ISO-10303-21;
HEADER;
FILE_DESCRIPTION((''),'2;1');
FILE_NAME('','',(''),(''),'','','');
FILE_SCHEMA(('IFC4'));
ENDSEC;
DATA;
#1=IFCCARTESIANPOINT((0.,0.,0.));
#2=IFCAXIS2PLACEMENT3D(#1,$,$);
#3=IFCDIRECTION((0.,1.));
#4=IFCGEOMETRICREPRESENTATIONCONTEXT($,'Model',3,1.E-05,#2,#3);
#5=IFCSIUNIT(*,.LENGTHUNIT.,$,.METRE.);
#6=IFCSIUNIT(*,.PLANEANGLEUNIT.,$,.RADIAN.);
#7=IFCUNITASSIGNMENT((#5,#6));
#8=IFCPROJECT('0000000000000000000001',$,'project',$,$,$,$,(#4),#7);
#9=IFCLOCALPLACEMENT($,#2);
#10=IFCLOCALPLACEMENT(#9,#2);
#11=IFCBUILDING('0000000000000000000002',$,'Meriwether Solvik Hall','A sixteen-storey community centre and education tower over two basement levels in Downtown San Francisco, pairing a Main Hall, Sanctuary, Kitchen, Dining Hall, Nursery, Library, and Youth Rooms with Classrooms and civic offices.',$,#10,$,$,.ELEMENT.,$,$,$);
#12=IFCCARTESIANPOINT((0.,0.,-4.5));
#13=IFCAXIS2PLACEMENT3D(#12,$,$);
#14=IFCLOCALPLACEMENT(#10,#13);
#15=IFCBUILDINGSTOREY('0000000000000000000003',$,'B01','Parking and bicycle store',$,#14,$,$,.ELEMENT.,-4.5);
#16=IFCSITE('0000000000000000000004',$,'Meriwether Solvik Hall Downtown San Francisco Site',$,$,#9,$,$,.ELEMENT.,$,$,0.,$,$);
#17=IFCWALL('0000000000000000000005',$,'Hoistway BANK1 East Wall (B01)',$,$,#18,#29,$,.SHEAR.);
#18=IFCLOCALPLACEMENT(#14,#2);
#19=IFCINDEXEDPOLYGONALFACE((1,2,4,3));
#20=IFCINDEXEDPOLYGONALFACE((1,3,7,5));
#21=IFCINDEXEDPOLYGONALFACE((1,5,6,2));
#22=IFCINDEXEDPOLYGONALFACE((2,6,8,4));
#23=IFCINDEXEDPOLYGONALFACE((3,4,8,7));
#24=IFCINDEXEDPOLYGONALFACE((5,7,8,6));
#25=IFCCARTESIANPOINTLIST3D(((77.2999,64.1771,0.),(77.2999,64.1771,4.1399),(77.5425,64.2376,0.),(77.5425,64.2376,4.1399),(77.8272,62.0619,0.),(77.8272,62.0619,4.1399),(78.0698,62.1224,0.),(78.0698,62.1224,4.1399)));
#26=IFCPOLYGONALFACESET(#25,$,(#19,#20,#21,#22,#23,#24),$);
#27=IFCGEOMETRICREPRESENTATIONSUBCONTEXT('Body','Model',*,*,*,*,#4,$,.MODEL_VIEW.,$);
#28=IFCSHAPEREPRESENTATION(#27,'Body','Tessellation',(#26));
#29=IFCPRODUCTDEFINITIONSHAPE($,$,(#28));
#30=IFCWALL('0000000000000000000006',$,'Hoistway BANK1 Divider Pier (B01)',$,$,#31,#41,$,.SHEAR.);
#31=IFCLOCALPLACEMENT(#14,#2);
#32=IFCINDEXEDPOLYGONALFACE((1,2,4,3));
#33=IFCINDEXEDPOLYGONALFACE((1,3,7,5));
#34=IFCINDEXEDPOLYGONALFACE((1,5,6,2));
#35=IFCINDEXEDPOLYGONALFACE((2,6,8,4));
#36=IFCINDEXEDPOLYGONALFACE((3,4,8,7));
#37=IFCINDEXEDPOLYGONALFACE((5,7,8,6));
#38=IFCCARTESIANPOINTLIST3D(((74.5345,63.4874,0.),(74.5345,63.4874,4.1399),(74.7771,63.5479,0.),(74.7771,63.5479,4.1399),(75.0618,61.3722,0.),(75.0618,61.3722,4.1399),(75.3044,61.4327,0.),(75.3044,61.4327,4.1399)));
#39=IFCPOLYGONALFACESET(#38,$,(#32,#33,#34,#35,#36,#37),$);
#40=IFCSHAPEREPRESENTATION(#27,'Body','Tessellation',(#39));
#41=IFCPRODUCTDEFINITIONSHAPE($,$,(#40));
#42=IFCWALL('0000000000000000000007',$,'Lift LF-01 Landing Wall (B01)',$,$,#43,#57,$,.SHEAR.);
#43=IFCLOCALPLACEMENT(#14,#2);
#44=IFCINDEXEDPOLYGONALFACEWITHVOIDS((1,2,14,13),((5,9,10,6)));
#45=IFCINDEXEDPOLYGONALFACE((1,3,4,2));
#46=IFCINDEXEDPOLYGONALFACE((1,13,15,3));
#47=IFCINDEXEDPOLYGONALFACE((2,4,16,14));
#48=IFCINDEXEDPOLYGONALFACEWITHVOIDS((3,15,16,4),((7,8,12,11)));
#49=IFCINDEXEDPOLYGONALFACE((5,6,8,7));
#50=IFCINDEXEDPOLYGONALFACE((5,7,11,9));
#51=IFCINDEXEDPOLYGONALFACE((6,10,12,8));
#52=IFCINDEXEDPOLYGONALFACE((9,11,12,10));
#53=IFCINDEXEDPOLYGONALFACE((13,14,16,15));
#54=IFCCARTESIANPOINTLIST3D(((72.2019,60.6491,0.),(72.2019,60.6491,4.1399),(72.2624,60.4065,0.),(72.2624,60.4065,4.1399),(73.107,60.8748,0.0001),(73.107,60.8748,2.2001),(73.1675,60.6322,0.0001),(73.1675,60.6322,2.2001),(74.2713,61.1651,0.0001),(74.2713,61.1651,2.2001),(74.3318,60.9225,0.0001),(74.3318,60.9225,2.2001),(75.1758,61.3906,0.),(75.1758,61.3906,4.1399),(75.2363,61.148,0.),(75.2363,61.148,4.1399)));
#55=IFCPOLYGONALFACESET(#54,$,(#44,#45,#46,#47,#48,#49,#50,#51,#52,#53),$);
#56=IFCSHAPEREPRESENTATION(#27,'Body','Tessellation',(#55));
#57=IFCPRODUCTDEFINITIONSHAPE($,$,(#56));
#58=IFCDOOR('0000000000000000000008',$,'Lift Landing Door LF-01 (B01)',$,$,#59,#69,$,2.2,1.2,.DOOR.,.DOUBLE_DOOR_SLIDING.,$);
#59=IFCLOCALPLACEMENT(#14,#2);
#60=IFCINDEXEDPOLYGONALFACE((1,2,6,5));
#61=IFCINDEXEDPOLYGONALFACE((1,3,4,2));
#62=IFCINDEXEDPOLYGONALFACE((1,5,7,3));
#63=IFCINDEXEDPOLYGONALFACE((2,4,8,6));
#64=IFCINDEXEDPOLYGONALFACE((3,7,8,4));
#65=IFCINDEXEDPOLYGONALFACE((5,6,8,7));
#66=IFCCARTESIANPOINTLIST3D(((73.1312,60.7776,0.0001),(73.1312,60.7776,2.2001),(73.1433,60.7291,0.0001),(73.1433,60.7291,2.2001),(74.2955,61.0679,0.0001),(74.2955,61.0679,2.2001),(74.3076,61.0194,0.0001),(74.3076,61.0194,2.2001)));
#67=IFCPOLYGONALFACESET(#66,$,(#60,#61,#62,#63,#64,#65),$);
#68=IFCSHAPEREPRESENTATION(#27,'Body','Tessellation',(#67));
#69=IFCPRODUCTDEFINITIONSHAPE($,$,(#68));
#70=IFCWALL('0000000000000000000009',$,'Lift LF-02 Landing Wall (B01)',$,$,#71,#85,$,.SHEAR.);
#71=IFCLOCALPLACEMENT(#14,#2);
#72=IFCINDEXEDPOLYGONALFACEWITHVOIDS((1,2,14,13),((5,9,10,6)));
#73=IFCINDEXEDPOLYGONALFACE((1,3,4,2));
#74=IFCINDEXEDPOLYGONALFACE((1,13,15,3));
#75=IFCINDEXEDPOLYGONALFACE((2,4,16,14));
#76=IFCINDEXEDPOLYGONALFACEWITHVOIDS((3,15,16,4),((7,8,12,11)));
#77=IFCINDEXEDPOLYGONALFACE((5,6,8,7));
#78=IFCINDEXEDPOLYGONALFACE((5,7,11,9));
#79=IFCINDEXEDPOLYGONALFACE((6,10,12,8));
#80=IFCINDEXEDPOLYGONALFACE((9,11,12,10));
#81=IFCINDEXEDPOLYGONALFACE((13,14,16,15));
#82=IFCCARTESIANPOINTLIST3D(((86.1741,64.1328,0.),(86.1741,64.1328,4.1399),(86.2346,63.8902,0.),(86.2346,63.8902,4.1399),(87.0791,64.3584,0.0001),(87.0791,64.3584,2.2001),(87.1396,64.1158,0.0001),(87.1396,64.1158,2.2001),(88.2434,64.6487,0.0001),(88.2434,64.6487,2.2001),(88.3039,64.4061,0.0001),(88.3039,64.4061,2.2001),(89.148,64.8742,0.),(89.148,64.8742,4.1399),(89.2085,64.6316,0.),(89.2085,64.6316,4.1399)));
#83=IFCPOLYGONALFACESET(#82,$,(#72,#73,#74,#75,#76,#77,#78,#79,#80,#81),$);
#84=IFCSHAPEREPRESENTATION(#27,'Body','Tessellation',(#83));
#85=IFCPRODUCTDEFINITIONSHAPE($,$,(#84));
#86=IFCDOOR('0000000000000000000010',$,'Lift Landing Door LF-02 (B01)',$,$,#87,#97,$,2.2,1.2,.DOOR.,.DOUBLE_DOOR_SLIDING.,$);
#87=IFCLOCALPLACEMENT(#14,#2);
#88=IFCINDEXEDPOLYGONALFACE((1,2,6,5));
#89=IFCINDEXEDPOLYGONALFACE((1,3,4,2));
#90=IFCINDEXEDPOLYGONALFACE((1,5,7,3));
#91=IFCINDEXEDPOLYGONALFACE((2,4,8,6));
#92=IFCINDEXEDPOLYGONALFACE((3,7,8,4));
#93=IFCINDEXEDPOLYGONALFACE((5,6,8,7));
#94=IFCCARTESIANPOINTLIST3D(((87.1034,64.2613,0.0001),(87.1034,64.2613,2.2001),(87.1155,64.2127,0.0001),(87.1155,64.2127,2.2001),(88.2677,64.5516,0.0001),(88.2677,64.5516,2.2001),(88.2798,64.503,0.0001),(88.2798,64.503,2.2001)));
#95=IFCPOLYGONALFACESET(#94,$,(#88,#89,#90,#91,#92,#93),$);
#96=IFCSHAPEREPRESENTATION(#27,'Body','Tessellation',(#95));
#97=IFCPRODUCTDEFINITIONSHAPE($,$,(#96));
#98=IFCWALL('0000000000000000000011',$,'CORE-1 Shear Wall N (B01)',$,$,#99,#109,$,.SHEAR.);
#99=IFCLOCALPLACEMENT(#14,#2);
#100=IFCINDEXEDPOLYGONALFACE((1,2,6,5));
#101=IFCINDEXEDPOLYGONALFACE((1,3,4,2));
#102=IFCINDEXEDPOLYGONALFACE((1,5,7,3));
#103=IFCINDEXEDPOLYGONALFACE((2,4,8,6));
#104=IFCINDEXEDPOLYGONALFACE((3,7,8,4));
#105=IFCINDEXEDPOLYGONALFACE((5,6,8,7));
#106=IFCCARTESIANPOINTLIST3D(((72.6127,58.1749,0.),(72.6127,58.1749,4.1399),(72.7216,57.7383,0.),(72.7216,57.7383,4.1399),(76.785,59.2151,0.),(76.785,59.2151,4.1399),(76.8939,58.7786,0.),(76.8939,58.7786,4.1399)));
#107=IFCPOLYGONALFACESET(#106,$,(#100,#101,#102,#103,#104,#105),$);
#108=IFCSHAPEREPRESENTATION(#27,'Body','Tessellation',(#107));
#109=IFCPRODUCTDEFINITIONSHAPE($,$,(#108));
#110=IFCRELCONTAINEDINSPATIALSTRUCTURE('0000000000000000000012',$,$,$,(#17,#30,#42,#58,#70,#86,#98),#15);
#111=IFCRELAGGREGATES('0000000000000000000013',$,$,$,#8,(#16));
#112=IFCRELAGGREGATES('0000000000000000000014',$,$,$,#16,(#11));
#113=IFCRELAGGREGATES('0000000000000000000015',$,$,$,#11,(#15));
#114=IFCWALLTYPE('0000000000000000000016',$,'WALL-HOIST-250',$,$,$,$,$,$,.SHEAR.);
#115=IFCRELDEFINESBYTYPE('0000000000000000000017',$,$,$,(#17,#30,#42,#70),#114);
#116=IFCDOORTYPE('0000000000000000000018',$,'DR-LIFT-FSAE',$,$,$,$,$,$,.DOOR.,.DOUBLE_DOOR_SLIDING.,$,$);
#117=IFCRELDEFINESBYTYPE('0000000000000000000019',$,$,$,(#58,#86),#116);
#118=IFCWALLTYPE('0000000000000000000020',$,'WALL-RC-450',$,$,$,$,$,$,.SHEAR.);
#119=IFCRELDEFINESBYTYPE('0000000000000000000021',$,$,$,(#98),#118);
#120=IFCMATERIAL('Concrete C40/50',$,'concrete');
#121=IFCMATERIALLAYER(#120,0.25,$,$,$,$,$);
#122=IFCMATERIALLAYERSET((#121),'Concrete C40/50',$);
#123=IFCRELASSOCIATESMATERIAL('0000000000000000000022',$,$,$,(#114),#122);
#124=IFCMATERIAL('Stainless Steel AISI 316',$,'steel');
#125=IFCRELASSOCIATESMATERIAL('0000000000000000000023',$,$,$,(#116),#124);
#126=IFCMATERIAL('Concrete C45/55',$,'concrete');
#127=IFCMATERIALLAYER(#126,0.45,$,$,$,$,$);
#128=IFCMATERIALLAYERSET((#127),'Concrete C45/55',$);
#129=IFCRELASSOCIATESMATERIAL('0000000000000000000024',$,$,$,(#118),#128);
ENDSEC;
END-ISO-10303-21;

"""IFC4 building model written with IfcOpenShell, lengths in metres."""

from ifc_helpers import new_model, si_unit, direction, frame, frame_2d, origin, place, context, subcontext, project, spatial, rectangle, extrude, material, layer, layer_set, type_object, element, fill, save


model = new_model("IFC4")

# Units and contexts
model_context = context("Model", 3, precision=1e-05, world=origin(), true_north=direction((0.0, 1.0)))
body_context = subcontext(model_context, "Body", "Model", "MODEL_VIEW")
ifc_project = project(units=[si_unit("LENGTHUNIT", "METRE"), si_unit("PLANEANGLEUNIT", "RADIAN")], contexts=[model_context])

# Site, building, storey
site_placement = place(None, origin())
site = spatial("IfcSite", under=ifc_project, at=site_placement, Name="Meriwether Solvik Hall Downtown San Francisco Site", CompositionType="ELEMENT", RefElevation=0.0)
building_placement = place(site_placement, origin())
building = spatial("IfcBuilding", under=site, at=building_placement, Name="Meriwether Solvik Hall", Description="A sixteen-storey community centre and education tower over two basement levels in Downtown San Francisco, pairing a Main Hall, Sanctuary, Kitchen, Dining Hall, Nursery, Library, and Youth Rooms with Classrooms and civic offices.", CompositionType="ELEMENT")
storey_placement = place(building_placement, frame((0.0, 0.0, -4.5)))
storey = spatial("IfcBuildingStorey", under=building, at=storey_placement, Name="B01", Description="Parking and bicycle store", CompositionType="ELEMENT", Elevation=-4.5)

# Walls
ifc_material_1 = material(Name="Concrete C40/50", Category="concrete")
ifc_layer_1 = layer(ifc_material_1, 0.25)
ifc_layer_set_1 = layer_set([ifc_layer_1], Name="Concrete C40/50")
wall_type_1 = type_object("IfcWallType", Name="WALL-HOIST-250", PredefinedType="SHEAR", material=ifc_layer_set_1)
for number, where, z_axis, x_axis, name in (
    (1, (77.9485, 62.0923, 0.0), (0.0, 0.0, 1.0), (-0.241903, 0.9703, 0.0), "Hoistway BANK1 East Wall (B01)"),
    (2, (75.1831, 61.4026, 0.0), (0.0, 0.0, 1.0), (-0.241903, 0.9703, 0.0), "Hoistway BANK1 Divider Pier (B01)"),
):
    element("IfcWall", number, at=place(storey_placement, frame(where, z_axis=z_axis, x_axis=x_axis)), inside=storey, type_object=wall_type_1, Name=name, PredefinedType="SHEAR", context=body_context, shape_type="SweptSolid", body=[
        extrude(rectangle(XDim=2.1799, YDim=0.25, at=frame_2d((1.0898, 0.0))), origin(), (0.0, 0.0, 1.0), 4.1399),
    ])

# Walls, openings, doors
wall_1_placement = place(storey_placement, frame((72.2322, 60.5278, 0.0), z_axis=(0.0, 0.0, 1.0), x_axis=(0.970297, 0.241917, 0.0)))
wall_1 = element("IfcWall", 3, at=wall_1_placement, inside=storey, type_object=wall_type_1, Name="Lift LF-01 Landing Wall (B01)", PredefinedType="SHEAR", context=body_context, shape_type="SweptSolid", body=[
    extrude(rectangle(XDim=3.0649, YDim=0.25, at=frame_2d((1.5325, 0.0))), origin(), (0.0, 0.0, 1.0), 4.1399),
])
opening_1_placement = place(wall_1_placement, frame((0.9326, 0.0, 0.0)))
opening_1 = element("IfcOpeningElement", 4, at=opening_1_placement, cuts=wall_1, PredefinedType="OPENING", context=body_context, shape_type="SweptSolid", body=[
    extrude(rectangle(XDim=1.2, YDim=2.2, at=frame_2d((0.6001, 1.1001))), frame((0.0, 0.137, 0.0), z_axis=(0.0, -1.0, 0.0), x_axis=(1.0, 0.0, 0.0)), (0.0, 0.0, 1.0), 0.2739),
])
ifc_material_2 = material(Name="Stainless Steel AISI 316", Category="steel")
door_type_1 = type_object("IfcDoorType", Name="DR-LIFT-FSAE", OperationType="DOUBLE_DOOR_SLIDING", PredefinedType="DOOR", material=ifc_material_2)
door_1_placement = place(opening_1_placement, origin())
door_1 = element("IfcDoor", 5, at=door_1_placement, inside=storey, type_object=door_type_1, Name="Lift Landing Door LF-01 (B01)", OperationType="DOUBLE_DOOR_SLIDING", OverallHeight=2.2, OverallWidth=1.2, PredefinedType="DOOR", context=body_context, shape_type="SweptSolid", body=[
    extrude(rectangle(XDim=1.2, YDim=2.2, at=frame_2d((0.6001, 1.1001))), frame((0.0, 0.0249, 0.0), z_axis=(0.0, -1.0, 0.0), x_axis=(1.0, 0.0, 0.0)), (0.0, 0.0, 1.0), 0.05),
])
fill(opening_1, door_1)
wall_2_placement = place(storey_placement, frame((86.2043, 64.0115, 0.0), z_axis=(0.0, 0.0, 1.0), x_axis=(0.970297, 0.241917, 0.0)))
wall_2 = element("IfcWall", 6, at=wall_2_placement, inside=storey, type_object=wall_type_1, Name="Lift LF-02 Landing Wall (B01)", PredefinedType="SHEAR", context=body_context, shape_type="SweptSolid", body=[
    extrude(rectangle(XDim=3.0649, YDim=0.25, at=frame_2d((1.5325, 0.0))), origin(), (0.0, 0.0, 1.0), 4.1399),
])
opening_2_placement = place(wall_2_placement, frame((0.9326, 0.0, 0.0)))
opening_2 = element("IfcOpeningElement", 7, at=opening_2_placement, cuts=wall_2, PredefinedType="OPENING", context=body_context, shape_type="SweptSolid", body=[
    extrude(rectangle(XDim=1.2, YDim=2.2, at=frame_2d((0.6001, 1.1001))), frame((0.0, 0.137, 0.0), z_axis=(0.0, -1.0, 0.0), x_axis=(1.0, 0.0, 0.0)), (0.0, 0.0, 1.0), 0.2739),
])
door_2_placement = place(opening_2_placement, origin())
door_2 = element("IfcDoor", 8, at=door_2_placement, inside=storey, type_object=door_type_1, Name="Lift Landing Door LF-02 (B01)", OperationType="DOUBLE_DOOR_SLIDING", OverallHeight=2.2, OverallWidth=1.2, PredefinedType="DOOR", context=body_context, shape_type="SweptSolid", body=[
    extrude(rectangle(XDim=1.2, YDim=2.2, at=frame_2d((0.6001, 1.1001))), frame((0.0, 0.0249, 0.0), z_axis=(0.0, -1.0, 0.0), x_axis=(1.0, 0.0, 0.0)), (0.0, 0.0, 1.0), 0.05),
])
fill(opening_2, door_2)

# Wall
ifc_material_3 = material(Name="Concrete C45/55", Category="concrete")
ifc_layer_2 = layer(ifc_material_3, 0.45)
ifc_layer_set_2 = layer_set([ifc_layer_2], Name="Concrete C45/55")
wall_type_2 = type_object("IfcWallType", Name="WALL-RC-450", PredefinedType="SHEAR", material=ifc_layer_set_2)
wall_3_placement = place(storey_placement, frame((76.8394, 58.9968, 0.0), z_axis=(0.0, 0.0, 1.0), x_axis=(-0.970296, -0.241921, 0.0)))
element("IfcWall", 9, at=wall_3_placement, inside=storey, type_object=wall_type_2, Name="CORE-1 Shear Wall N (B01)", PredefinedType="SHEAR", context=body_context, shape_type="SweptSolid", body=[
    extrude(rectangle(XDim=4.3, YDim=0.45, at=frame_2d((2.1499, 0.0))), origin(), (0.0, 0.0, 1.0), 4.1399),
])

save(model, "model.ifc")
